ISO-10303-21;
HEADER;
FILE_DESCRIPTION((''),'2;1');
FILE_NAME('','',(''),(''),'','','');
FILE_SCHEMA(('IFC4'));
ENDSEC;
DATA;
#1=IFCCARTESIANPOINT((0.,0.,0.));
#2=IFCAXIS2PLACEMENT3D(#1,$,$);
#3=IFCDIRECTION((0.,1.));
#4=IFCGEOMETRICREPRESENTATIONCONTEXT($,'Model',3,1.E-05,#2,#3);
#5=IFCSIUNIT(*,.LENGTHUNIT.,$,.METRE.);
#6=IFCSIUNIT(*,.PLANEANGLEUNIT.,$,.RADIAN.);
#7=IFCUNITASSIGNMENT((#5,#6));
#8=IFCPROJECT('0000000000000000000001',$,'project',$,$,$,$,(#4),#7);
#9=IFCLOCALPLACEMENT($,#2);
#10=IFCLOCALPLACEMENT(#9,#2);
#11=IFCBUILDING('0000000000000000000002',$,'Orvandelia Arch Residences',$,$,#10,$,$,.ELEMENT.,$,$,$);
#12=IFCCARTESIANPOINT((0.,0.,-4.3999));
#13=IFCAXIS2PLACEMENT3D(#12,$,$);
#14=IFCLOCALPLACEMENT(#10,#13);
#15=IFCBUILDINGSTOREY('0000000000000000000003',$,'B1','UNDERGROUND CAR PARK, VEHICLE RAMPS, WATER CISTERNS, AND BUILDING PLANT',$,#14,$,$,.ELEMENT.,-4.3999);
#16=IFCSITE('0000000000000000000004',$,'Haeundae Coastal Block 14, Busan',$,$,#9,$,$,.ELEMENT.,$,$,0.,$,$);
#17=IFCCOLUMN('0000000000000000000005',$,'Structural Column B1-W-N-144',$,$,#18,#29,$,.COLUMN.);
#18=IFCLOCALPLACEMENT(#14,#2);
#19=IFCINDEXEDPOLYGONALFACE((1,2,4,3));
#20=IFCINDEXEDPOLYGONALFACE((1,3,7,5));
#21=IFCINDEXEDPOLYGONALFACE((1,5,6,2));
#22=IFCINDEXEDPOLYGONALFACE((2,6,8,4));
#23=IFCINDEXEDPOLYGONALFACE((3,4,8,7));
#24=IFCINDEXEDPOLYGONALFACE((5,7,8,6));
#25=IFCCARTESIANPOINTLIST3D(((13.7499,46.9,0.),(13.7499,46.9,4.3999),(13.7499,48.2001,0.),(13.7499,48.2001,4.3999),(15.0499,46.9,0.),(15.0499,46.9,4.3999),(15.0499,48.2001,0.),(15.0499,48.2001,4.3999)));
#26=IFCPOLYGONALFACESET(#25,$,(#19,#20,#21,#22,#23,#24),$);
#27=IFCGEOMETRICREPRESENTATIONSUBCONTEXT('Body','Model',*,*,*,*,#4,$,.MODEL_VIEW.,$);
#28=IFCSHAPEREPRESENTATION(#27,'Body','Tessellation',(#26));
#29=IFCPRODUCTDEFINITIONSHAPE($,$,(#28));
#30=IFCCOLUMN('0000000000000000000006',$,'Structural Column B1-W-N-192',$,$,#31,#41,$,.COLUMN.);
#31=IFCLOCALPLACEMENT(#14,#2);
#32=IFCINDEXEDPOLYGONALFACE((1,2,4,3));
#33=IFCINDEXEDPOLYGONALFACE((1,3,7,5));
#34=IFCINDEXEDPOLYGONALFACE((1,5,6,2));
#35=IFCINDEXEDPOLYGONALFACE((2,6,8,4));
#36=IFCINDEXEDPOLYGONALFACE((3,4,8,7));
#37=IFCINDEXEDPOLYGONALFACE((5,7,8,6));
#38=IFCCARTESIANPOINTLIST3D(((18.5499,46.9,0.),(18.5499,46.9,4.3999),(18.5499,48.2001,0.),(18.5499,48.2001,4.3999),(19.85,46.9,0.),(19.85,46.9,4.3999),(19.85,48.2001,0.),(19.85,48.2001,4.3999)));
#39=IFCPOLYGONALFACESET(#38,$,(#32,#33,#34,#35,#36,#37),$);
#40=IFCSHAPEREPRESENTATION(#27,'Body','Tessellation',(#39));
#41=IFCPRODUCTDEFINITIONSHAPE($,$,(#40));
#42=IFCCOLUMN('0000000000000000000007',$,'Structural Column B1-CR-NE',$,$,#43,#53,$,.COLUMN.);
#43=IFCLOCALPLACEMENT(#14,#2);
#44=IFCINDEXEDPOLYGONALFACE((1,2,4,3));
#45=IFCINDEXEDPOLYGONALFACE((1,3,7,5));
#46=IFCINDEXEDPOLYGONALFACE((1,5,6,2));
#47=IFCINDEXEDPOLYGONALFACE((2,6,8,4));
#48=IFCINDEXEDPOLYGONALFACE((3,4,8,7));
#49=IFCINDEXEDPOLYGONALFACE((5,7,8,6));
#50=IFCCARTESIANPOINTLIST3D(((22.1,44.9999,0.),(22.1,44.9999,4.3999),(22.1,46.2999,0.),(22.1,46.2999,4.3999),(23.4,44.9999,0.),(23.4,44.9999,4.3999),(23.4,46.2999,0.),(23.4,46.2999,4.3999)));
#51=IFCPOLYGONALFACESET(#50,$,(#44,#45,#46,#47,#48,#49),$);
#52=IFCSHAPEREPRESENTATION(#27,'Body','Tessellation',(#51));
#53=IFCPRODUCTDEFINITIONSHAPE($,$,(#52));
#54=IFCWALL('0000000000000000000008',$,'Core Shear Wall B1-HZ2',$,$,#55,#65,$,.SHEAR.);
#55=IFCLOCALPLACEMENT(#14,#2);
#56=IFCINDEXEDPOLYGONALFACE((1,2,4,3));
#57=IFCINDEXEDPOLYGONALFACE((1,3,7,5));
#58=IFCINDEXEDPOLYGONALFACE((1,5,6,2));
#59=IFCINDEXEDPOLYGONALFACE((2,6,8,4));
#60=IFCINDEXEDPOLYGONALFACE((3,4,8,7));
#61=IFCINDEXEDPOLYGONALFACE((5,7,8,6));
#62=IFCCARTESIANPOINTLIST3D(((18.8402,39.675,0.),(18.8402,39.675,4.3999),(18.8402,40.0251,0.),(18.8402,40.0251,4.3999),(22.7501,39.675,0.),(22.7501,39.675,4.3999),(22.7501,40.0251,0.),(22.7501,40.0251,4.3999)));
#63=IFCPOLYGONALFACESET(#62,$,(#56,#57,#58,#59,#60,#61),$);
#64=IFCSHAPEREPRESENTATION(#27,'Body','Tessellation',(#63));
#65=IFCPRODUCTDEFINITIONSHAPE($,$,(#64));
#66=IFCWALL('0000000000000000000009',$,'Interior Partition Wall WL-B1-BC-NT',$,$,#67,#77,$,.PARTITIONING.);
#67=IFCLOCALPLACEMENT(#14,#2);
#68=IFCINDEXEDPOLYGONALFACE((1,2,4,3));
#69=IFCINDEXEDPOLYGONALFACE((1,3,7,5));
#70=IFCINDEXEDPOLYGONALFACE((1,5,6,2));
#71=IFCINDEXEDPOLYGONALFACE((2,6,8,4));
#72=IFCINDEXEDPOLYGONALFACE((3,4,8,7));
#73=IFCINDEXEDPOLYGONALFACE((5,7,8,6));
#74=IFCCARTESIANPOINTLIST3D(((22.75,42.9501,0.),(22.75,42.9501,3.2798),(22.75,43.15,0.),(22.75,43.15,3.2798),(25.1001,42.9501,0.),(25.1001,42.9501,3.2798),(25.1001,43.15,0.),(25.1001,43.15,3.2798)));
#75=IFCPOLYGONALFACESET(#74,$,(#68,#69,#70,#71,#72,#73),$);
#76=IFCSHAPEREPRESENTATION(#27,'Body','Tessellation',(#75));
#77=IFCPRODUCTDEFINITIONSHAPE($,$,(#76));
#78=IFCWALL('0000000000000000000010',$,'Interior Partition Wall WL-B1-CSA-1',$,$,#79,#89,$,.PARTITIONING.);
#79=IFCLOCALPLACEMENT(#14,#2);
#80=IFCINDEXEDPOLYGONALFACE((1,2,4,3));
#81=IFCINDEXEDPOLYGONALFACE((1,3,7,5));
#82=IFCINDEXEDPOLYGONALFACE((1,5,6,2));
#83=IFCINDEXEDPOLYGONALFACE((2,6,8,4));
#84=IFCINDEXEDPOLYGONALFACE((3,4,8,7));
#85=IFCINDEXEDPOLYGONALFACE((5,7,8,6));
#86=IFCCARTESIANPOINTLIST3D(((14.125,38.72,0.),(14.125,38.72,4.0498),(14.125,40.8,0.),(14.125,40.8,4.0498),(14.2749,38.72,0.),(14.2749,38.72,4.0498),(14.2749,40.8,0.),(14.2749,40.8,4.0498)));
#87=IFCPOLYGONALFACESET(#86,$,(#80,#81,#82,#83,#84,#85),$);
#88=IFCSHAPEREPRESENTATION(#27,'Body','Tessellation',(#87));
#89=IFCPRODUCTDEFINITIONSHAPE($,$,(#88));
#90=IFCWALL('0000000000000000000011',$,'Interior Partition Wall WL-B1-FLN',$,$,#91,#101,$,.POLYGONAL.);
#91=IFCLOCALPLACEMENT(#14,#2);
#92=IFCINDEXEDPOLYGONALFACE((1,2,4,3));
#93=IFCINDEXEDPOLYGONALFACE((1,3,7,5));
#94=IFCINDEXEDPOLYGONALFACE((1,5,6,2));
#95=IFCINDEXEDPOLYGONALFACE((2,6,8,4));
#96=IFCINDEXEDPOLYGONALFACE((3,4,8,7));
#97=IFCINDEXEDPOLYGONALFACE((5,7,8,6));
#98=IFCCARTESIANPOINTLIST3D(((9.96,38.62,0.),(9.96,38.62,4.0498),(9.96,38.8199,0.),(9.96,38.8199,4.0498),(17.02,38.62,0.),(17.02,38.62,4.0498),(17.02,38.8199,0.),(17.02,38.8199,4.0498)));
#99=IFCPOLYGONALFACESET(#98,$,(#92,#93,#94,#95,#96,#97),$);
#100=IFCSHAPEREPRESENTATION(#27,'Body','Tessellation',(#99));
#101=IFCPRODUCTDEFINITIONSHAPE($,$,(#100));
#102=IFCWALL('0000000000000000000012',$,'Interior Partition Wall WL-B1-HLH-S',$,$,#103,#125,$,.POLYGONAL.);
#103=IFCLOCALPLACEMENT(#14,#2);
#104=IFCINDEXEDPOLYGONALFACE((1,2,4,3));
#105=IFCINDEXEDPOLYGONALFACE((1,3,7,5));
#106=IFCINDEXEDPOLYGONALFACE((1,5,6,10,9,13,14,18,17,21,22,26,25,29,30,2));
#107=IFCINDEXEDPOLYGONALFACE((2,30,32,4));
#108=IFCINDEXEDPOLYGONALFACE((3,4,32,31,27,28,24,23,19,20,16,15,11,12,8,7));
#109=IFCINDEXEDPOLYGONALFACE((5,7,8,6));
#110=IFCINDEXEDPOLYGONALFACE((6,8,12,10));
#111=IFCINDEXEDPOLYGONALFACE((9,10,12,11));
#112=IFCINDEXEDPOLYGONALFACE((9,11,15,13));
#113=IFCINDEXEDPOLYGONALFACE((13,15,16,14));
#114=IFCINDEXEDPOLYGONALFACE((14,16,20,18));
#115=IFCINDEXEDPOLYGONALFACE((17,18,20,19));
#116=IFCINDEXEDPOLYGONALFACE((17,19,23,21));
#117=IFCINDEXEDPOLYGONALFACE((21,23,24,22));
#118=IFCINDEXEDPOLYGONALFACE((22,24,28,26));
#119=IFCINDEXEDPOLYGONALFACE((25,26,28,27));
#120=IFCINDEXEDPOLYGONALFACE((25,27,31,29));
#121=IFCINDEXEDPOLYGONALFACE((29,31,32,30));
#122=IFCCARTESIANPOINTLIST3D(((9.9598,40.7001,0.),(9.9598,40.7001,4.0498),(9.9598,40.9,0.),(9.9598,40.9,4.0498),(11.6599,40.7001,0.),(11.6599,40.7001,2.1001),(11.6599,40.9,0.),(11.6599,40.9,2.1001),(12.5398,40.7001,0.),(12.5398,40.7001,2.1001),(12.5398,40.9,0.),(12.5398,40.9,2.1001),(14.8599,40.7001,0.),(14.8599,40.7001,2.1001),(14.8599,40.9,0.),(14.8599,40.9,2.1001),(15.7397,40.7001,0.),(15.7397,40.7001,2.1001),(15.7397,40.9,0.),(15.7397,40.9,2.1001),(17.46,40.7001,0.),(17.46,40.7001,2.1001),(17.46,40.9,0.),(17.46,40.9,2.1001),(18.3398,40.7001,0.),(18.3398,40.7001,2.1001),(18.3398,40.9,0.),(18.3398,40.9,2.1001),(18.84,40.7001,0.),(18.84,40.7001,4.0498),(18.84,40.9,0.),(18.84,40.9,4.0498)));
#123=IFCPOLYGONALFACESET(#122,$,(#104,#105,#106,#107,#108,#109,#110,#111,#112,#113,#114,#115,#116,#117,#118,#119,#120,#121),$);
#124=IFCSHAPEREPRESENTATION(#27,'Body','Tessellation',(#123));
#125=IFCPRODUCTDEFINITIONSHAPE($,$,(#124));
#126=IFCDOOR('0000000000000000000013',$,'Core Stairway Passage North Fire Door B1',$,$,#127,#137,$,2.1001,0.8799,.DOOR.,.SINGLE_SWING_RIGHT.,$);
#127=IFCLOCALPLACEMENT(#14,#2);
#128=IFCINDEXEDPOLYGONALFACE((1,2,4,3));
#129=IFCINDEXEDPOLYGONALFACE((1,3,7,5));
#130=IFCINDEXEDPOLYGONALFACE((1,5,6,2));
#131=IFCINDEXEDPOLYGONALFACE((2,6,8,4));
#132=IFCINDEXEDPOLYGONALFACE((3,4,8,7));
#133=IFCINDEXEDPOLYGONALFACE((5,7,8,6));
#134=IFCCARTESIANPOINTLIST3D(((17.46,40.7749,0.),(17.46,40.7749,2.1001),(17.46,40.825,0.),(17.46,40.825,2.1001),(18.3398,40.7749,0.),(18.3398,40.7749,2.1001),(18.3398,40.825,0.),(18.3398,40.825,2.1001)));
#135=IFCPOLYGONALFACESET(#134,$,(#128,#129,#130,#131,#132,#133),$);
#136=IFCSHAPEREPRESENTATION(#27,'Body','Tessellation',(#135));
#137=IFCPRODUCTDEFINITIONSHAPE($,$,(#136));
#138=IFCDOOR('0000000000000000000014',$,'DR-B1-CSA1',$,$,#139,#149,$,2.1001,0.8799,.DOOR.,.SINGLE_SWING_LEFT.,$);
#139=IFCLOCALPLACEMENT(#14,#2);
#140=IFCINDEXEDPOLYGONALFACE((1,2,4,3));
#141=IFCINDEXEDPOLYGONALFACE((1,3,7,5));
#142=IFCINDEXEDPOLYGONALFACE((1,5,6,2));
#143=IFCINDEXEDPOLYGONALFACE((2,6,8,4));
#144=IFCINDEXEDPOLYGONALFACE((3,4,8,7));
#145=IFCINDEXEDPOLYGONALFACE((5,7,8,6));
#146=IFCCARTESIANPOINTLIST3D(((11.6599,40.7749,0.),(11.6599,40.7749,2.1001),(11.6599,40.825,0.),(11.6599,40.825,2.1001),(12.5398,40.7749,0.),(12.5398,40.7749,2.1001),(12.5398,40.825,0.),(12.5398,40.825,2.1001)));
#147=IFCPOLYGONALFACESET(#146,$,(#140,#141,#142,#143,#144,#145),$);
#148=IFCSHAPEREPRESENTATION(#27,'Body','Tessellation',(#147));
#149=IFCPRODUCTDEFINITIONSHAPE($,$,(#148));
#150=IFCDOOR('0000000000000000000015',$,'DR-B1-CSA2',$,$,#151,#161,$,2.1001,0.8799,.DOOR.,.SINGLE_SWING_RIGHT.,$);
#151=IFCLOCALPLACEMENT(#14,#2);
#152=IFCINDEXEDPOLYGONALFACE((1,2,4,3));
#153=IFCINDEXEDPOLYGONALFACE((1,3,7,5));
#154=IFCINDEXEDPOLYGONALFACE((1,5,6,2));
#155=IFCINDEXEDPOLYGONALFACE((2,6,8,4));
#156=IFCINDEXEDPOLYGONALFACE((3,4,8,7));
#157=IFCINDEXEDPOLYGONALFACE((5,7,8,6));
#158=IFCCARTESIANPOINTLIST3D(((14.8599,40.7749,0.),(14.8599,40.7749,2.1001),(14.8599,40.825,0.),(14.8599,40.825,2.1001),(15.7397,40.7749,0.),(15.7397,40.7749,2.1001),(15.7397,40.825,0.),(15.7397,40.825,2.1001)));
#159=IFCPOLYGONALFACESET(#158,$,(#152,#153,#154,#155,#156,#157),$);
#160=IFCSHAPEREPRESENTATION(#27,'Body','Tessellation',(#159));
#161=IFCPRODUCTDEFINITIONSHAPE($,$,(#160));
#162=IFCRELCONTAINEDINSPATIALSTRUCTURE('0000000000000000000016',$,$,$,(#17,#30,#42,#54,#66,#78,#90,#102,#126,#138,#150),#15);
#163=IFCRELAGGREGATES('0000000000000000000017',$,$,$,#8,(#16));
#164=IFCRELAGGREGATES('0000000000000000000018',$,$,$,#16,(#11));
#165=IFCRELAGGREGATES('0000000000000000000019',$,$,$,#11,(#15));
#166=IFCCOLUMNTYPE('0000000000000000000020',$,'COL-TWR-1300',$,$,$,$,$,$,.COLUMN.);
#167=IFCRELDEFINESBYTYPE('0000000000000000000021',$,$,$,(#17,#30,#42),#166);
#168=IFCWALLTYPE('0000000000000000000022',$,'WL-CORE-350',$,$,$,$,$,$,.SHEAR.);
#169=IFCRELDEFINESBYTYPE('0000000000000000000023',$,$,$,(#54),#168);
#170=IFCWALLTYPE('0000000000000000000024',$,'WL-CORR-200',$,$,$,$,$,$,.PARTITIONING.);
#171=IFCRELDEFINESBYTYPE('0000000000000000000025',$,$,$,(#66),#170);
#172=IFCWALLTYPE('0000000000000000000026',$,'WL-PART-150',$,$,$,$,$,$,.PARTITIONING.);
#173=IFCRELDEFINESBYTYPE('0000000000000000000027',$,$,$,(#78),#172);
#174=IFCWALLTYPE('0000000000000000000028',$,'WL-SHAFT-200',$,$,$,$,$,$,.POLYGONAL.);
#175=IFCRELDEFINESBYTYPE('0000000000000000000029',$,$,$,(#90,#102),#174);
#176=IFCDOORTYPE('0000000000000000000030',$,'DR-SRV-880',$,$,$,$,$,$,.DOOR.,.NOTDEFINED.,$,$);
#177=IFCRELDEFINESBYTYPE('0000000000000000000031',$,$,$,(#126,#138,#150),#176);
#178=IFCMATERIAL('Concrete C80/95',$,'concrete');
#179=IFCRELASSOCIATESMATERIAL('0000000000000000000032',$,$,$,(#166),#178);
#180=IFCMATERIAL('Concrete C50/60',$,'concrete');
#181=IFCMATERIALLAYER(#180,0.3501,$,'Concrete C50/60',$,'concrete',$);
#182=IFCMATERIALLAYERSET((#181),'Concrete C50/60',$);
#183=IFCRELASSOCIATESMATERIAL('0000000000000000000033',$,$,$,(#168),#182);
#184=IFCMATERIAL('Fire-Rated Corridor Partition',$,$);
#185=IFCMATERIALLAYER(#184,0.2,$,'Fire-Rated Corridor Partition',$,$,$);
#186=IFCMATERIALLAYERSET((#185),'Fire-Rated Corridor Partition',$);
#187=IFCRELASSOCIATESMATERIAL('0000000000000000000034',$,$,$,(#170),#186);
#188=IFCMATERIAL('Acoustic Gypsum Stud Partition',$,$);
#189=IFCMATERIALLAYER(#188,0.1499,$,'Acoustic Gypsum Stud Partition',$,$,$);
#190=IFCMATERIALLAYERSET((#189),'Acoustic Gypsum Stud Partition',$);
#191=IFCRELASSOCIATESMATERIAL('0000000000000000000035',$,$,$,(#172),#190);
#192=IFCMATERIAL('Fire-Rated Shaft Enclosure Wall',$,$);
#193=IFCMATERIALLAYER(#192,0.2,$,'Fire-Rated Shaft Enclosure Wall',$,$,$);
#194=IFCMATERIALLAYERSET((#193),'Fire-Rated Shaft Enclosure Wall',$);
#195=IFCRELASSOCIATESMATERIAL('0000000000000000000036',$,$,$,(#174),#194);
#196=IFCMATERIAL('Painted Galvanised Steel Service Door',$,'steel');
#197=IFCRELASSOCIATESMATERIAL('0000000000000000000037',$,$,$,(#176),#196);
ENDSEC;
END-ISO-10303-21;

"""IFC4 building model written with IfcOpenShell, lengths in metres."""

from ifc_helpers import new_model, si_unit, direction, frame, frame_2d, origin, origin_2d, place, context, subcontext, project, spatial, rectangle, extrude, material, layer, layer_set, material_profile, profile_set, type_object, element, fill, save


model = new_model("IFC4")

# Units and contexts
model_context = context("Model", 3, precision=1e-05, world=origin(), true_north=direction((0.0, 1.0)))
body_context = subcontext(model_context, "Body", "Model", "MODEL_VIEW")
ifc_project = project(units=[si_unit("LENGTHUNIT", "METRE"), si_unit("PLANEANGLEUNIT", "RADIAN")], contexts=[model_context])

# Site, building, storey
site_placement = place(None, origin())
site = spatial("IfcSite", under=ifc_project, at=site_placement, Name="Haeundae Coastal Block 14, Busan", CompositionType="ELEMENT", RefElevation=0.0)
building_placement = place(site_placement, origin())
building = spatial("IfcBuilding", under=site, at=building_placement, Name="Orvandelia Arch Residences", CompositionType="ELEMENT")
storey_placement = place(building_placement, frame((0.0, 0.0, -4.3999)))
storey = spatial("IfcBuildingStorey", under=building, at=storey_placement, Name="B1", Description="UNDERGROUND CAR PARK, VEHICLE RAMPS, WATER CISTERNS, AND BUILDING PLANT", CompositionType="ELEMENT", Elevation=-4.3999)

# Columns
ifc_material_1 = material(Name="Concrete C80/95", Category="concrete")
ifc_material_profile = material_profile(ifc_material_1, rectangle(XDim=1.3, YDim=1.3, at=origin_2d()), Name="Concrete C80/95", Category="concrete")
ifc_profile_set = profile_set([ifc_material_profile], Name="Concrete C80/95")
column_type = type_object("IfcColumnType", Name="COL-TWR-1300", PredefinedType="COLUMN", material=ifc_profile_set)
for number, where, z_axis, x_axis, name in (
    (1, (14.3999, 47.55, 0.0), (0.0, 0.0, 1.0), (1.0, 0.0, 0.0), "Structural Column B1-W-N-144"),
    (2, (19.2, 47.55, 0.0), (0.0, 0.0, 1.0), (1.0, 0.0, 0.0), "Structural Column B1-W-N-192"),
    (3, (22.75, 45.6499, 0.0), (0.0, 0.0, 1.0), (1.0, 0.0, 0.0), "Structural Column B1-CR-NE"),
):
    element("IfcColumn", number, at=place(storey_placement, frame(where, z_axis=z_axis, x_axis=x_axis)), inside=storey, type_object=column_type, Name=name, PredefinedType="COLUMN", context=body_context, shape_type="SweptSolid", body=[
        extrude(rectangle(XDim=1.3, YDim=1.3, at=origin_2d()), origin(), (0.0, 0.0, 1.0), 4.3999),
    ])

# Wall
ifc_material_2 = material(Name="Concrete C50/60", Category="concrete")
ifc_layer_1 = layer(ifc_material_2, 0.3501, Name="Concrete C50/60", Category="concrete")
ifc_layer_set_1 = layer_set([ifc_layer_1], Name="Concrete C50/60")
wall_type_1 = type_object("IfcWallType", Name="WL-CORE-350", PredefinedType="SHEAR", material=ifc_layer_set_1)
wall_1_placement = place(storey_placement, frame((18.8401, 39.8501, 0.0), z_axis=(0.0, 0.0, 1.0), x_axis=(1.0, 0.0, 0.0)))
element("IfcWall", 4, at=wall_1_placement, inside=storey, type_object=wall_type_1, Name="Core Shear Wall B1-HZ2", PredefinedType="SHEAR", context=body_context, shape_type="SweptSolid", body=[
    extrude(rectangle(XDim=3.9099, YDim=0.3501, at=frame_2d((1.9551, 0.0))), origin(), (0.0, 0.0, 1.0), 4.3999),
])

# Walls
ifc_material_3 = material(Name="Fire-Rated Corridor Partition")
ifc_layer_2 = layer(ifc_material_3, 0.2, Name="Fire-Rated Corridor Partition")
ifc_layer_set_2 = layer_set([ifc_layer_2], Name="Fire-Rated Corridor Partition")
wall_type_2 = type_object("IfcWallType", Name="WL-CORR-200", PredefinedType="PARTITIONING", material=ifc_layer_set_2)
wall_2_placement = place(storey_placement, frame((22.75, 43.05, 0.0), z_axis=(0.0, 0.0, 1.0), x_axis=(1.0, 0.0, 0.0)))
element("IfcWall", 5, at=wall_2_placement, inside=storey, type_object=wall_type_2, Name="Interior Partition Wall WL-B1-BC-NT", PredefinedType="PARTITIONING", context=body_context, shape_type="SweptSolid", body=[
    extrude(rectangle(XDim=2.3501, YDim=0.2, at=frame_2d((1.175, 0.0))), origin(), (0.0, 0.0, 1.0), 3.2798),
])
ifc_material_4 = material(Name="Acoustic Gypsum Stud Partition")
ifc_layer_3 = layer(ifc_material_4, 0.1499, Name="Acoustic Gypsum Stud Partition")
ifc_layer_set_3 = layer_set([ifc_layer_3], Name="Acoustic Gypsum Stud Partition")
wall_type_3 = type_object("IfcWallType", Name="WL-PART-150", PredefinedType="PARTITIONING", material=ifc_layer_set_3)
wall_3_placement = place(storey_placement, frame((14.2, 38.72, 0.0), z_axis=(0.0, 0.0, 1.0), x_axis=(0.0, 1.0, 0.0)))
element("IfcWall", 6, at=wall_3_placement, inside=storey, type_object=wall_type_3, Name="Interior Partition Wall WL-B1-CSA-1", PredefinedType="PARTITIONING", context=body_context, shape_type="SweptSolid", body=[
    extrude(rectangle(XDim=2.0801, YDim=0.1499, at=frame_2d((1.04, 0.0))), origin(), (0.0, 0.0, 1.0), 4.0498),
])
ifc_material_5 = material(Name="Fire-Rated Shaft Enclosure Wall")
ifc_layer_4 = layer(ifc_material_5, 0.2, Name="Fire-Rated Shaft Enclosure Wall")
ifc_layer_set_4 = layer_set([ifc_layer_4], Name="Fire-Rated Shaft Enclosure Wall")
wall_type_4 = type_object("IfcWallType", Name="WL-SHAFT-200", PredefinedType="POLYGONAL", material=ifc_layer_set_4)
wall_4_placement = place(storey_placement, frame((9.96, 38.72, 0.0), z_axis=(0.0, 0.0, 1.0), x_axis=(1.0, 0.0, 0.0)))
element("IfcWall", 7, at=wall_4_placement, inside=storey, type_object=wall_type_4, Name="Interior Partition Wall WL-B1-FLN", PredefinedType="POLYGONAL", context=body_context, shape_type="SweptSolid", body=[
    extrude(rectangle(XDim=7.0601, YDim=0.2, at=frame_2d((3.53, 0.0))), origin(), (0.0, 0.0, 1.0), 4.0498),
])

# Wall, openings, doors
wall_5_placement = place(storey_placement, frame((9.96, 40.8, 0.0), z_axis=(0.0, 0.0, 1.0), x_axis=(1.0, 0.0, 0.0)))
wall_5 = element("IfcWall", 8, at=wall_5_placement, inside=storey, type_object=wall_type_4, Name="Interior Partition Wall WL-B1-HLH-S", PredefinedType="POLYGONAL", context=body_context, shape_type="SweptSolid", body=[
    extrude(rectangle(XDim=8.8801, YDim=0.2, at=frame_2d((4.4399, 0.0))), origin(), (0.0, 0.0, 1.0), 4.0498),
])
opening_1_placement = place(wall_5_placement, frame((7.5, 0.0, 0.0)))
opening_1 = element("IfcOpeningElement", 9, at=opening_1_placement, cuts=wall_5, PredefinedType="OPENING", context=body_context, shape_type="SweptSolid", body=[
    extrude(rectangle(XDim=0.8799, YDim=2.1001, at=frame_2d((0.4399, 1.05))), frame((0.0, 0.1099, 0.0), z_axis=(0.0, -1.0, 0.0), x_axis=(1.0, 0.0, 0.0)), (0.0, 0.0, 1.0), 0.22),
])
opening_2_placement = place(wall_5_placement, frame((1.7, 0.0, 0.0)))
opening_2 = element("IfcOpeningElement", 10, at=opening_2_placement, cuts=wall_5, PredefinedType="OPENING", context=body_context, shape_type="SweptSolid", body=[
    extrude(rectangle(XDim=0.8799, YDim=2.1001, at=frame_2d((0.4399, 1.05))), frame((0.0, 0.1099, 0.0), z_axis=(0.0, -1.0, 0.0), x_axis=(1.0, 0.0, 0.0)), (0.0, 0.0, 1.0), 0.22),
])
opening_3_placement = place(wall_5_placement, frame((4.8999, 0.0, 0.0)))
opening_3 = element("IfcOpeningElement", 11, at=opening_3_placement, cuts=wall_5, PredefinedType="OPENING", context=body_context, shape_type="SweptSolid", body=[
    extrude(rectangle(XDim=0.8799, YDim=2.1001, at=frame_2d((0.4399, 1.05))), frame((0.0, 0.1099, 0.0), z_axis=(0.0, -1.0, 0.0), x_axis=(1.0, 0.0, 0.0)), (0.0, 0.0, 1.0), 0.22),
])
ifc_material_6 = material(Name="Painted Galvanised Steel Service Door", Category="steel")
door_type_1 = type_object("IfcDoorType", Name="DR-SRV-880", OperationType="NOTDEFINED", PredefinedType="DOOR", material=ifc_material_6)
door_1_placement = place(opening_1_placement, origin())
door_1 = element("IfcDoor", 12, at=door_1_placement, inside=storey, type_object=door_type_1, Name="Core Stairway Passage North Fire Door B1", OperationType="SINGLE_SWING_RIGHT", OverallHeight=2.1001, OverallWidth=0.8799, PredefinedType="DOOR", context=body_context, shape_type="SweptSolid", body=[
    extrude(rectangle(XDim=0.8799, YDim=2.1001, at=frame_2d((0.4399, 1.05))), frame((0.0, 0.0249, 0.0), z_axis=(0.0, -1.0, 0.0), x_axis=(1.0, 0.0, 0.0)), (0.0, 0.0, 1.0), 0.05),
])
fill(opening_1, door_1)
door_2_placement = place(opening_2_placement, origin())
door_2 = element("IfcDoor", 13, at=door_2_placement, inside=storey, type_object=door_type_1, Name="DR-B1-CSA1", OperationType="SINGLE_SWING_LEFT", OverallHeight=2.1001, OverallWidth=0.8799, PredefinedType="DOOR", context=body_context, shape_type="SweptSolid", body=[
    extrude(rectangle(XDim=0.8799, YDim=2.1001, at=frame_2d((0.4399, 1.05))), frame((0.0, 0.0249, 0.0), z_axis=(0.0, -1.0, 0.0), x_axis=(1.0, 0.0, 0.0)), (0.0, 0.0, 1.0), 0.05),
])
fill(opening_2, door_2)
door_3_placement = place(opening_3_placement, origin())
door_3 = element("IfcDoor", 14, at=door_3_placement, inside=storey, type_object=door_type_1, Name="DR-B1-CSA2", OperationType="SINGLE_SWING_RIGHT", OverallHeight=2.1001, OverallWidth=0.8799, PredefinedType="DOOR", context=body_context, shape_type="SweptSolid", body=[
    extrude(rectangle(XDim=0.8799, YDim=2.1001, at=frame_2d((0.4399, 1.05))), frame((0.0, 0.0249, 0.0), z_axis=(0.0, -1.0, 0.0), x_axis=(1.0, 0.0, 0.0)), (0.0, 0.0, 1.0), 0.05),
])
fill(opening_3, door_3)

save(model, "model.ifc")
